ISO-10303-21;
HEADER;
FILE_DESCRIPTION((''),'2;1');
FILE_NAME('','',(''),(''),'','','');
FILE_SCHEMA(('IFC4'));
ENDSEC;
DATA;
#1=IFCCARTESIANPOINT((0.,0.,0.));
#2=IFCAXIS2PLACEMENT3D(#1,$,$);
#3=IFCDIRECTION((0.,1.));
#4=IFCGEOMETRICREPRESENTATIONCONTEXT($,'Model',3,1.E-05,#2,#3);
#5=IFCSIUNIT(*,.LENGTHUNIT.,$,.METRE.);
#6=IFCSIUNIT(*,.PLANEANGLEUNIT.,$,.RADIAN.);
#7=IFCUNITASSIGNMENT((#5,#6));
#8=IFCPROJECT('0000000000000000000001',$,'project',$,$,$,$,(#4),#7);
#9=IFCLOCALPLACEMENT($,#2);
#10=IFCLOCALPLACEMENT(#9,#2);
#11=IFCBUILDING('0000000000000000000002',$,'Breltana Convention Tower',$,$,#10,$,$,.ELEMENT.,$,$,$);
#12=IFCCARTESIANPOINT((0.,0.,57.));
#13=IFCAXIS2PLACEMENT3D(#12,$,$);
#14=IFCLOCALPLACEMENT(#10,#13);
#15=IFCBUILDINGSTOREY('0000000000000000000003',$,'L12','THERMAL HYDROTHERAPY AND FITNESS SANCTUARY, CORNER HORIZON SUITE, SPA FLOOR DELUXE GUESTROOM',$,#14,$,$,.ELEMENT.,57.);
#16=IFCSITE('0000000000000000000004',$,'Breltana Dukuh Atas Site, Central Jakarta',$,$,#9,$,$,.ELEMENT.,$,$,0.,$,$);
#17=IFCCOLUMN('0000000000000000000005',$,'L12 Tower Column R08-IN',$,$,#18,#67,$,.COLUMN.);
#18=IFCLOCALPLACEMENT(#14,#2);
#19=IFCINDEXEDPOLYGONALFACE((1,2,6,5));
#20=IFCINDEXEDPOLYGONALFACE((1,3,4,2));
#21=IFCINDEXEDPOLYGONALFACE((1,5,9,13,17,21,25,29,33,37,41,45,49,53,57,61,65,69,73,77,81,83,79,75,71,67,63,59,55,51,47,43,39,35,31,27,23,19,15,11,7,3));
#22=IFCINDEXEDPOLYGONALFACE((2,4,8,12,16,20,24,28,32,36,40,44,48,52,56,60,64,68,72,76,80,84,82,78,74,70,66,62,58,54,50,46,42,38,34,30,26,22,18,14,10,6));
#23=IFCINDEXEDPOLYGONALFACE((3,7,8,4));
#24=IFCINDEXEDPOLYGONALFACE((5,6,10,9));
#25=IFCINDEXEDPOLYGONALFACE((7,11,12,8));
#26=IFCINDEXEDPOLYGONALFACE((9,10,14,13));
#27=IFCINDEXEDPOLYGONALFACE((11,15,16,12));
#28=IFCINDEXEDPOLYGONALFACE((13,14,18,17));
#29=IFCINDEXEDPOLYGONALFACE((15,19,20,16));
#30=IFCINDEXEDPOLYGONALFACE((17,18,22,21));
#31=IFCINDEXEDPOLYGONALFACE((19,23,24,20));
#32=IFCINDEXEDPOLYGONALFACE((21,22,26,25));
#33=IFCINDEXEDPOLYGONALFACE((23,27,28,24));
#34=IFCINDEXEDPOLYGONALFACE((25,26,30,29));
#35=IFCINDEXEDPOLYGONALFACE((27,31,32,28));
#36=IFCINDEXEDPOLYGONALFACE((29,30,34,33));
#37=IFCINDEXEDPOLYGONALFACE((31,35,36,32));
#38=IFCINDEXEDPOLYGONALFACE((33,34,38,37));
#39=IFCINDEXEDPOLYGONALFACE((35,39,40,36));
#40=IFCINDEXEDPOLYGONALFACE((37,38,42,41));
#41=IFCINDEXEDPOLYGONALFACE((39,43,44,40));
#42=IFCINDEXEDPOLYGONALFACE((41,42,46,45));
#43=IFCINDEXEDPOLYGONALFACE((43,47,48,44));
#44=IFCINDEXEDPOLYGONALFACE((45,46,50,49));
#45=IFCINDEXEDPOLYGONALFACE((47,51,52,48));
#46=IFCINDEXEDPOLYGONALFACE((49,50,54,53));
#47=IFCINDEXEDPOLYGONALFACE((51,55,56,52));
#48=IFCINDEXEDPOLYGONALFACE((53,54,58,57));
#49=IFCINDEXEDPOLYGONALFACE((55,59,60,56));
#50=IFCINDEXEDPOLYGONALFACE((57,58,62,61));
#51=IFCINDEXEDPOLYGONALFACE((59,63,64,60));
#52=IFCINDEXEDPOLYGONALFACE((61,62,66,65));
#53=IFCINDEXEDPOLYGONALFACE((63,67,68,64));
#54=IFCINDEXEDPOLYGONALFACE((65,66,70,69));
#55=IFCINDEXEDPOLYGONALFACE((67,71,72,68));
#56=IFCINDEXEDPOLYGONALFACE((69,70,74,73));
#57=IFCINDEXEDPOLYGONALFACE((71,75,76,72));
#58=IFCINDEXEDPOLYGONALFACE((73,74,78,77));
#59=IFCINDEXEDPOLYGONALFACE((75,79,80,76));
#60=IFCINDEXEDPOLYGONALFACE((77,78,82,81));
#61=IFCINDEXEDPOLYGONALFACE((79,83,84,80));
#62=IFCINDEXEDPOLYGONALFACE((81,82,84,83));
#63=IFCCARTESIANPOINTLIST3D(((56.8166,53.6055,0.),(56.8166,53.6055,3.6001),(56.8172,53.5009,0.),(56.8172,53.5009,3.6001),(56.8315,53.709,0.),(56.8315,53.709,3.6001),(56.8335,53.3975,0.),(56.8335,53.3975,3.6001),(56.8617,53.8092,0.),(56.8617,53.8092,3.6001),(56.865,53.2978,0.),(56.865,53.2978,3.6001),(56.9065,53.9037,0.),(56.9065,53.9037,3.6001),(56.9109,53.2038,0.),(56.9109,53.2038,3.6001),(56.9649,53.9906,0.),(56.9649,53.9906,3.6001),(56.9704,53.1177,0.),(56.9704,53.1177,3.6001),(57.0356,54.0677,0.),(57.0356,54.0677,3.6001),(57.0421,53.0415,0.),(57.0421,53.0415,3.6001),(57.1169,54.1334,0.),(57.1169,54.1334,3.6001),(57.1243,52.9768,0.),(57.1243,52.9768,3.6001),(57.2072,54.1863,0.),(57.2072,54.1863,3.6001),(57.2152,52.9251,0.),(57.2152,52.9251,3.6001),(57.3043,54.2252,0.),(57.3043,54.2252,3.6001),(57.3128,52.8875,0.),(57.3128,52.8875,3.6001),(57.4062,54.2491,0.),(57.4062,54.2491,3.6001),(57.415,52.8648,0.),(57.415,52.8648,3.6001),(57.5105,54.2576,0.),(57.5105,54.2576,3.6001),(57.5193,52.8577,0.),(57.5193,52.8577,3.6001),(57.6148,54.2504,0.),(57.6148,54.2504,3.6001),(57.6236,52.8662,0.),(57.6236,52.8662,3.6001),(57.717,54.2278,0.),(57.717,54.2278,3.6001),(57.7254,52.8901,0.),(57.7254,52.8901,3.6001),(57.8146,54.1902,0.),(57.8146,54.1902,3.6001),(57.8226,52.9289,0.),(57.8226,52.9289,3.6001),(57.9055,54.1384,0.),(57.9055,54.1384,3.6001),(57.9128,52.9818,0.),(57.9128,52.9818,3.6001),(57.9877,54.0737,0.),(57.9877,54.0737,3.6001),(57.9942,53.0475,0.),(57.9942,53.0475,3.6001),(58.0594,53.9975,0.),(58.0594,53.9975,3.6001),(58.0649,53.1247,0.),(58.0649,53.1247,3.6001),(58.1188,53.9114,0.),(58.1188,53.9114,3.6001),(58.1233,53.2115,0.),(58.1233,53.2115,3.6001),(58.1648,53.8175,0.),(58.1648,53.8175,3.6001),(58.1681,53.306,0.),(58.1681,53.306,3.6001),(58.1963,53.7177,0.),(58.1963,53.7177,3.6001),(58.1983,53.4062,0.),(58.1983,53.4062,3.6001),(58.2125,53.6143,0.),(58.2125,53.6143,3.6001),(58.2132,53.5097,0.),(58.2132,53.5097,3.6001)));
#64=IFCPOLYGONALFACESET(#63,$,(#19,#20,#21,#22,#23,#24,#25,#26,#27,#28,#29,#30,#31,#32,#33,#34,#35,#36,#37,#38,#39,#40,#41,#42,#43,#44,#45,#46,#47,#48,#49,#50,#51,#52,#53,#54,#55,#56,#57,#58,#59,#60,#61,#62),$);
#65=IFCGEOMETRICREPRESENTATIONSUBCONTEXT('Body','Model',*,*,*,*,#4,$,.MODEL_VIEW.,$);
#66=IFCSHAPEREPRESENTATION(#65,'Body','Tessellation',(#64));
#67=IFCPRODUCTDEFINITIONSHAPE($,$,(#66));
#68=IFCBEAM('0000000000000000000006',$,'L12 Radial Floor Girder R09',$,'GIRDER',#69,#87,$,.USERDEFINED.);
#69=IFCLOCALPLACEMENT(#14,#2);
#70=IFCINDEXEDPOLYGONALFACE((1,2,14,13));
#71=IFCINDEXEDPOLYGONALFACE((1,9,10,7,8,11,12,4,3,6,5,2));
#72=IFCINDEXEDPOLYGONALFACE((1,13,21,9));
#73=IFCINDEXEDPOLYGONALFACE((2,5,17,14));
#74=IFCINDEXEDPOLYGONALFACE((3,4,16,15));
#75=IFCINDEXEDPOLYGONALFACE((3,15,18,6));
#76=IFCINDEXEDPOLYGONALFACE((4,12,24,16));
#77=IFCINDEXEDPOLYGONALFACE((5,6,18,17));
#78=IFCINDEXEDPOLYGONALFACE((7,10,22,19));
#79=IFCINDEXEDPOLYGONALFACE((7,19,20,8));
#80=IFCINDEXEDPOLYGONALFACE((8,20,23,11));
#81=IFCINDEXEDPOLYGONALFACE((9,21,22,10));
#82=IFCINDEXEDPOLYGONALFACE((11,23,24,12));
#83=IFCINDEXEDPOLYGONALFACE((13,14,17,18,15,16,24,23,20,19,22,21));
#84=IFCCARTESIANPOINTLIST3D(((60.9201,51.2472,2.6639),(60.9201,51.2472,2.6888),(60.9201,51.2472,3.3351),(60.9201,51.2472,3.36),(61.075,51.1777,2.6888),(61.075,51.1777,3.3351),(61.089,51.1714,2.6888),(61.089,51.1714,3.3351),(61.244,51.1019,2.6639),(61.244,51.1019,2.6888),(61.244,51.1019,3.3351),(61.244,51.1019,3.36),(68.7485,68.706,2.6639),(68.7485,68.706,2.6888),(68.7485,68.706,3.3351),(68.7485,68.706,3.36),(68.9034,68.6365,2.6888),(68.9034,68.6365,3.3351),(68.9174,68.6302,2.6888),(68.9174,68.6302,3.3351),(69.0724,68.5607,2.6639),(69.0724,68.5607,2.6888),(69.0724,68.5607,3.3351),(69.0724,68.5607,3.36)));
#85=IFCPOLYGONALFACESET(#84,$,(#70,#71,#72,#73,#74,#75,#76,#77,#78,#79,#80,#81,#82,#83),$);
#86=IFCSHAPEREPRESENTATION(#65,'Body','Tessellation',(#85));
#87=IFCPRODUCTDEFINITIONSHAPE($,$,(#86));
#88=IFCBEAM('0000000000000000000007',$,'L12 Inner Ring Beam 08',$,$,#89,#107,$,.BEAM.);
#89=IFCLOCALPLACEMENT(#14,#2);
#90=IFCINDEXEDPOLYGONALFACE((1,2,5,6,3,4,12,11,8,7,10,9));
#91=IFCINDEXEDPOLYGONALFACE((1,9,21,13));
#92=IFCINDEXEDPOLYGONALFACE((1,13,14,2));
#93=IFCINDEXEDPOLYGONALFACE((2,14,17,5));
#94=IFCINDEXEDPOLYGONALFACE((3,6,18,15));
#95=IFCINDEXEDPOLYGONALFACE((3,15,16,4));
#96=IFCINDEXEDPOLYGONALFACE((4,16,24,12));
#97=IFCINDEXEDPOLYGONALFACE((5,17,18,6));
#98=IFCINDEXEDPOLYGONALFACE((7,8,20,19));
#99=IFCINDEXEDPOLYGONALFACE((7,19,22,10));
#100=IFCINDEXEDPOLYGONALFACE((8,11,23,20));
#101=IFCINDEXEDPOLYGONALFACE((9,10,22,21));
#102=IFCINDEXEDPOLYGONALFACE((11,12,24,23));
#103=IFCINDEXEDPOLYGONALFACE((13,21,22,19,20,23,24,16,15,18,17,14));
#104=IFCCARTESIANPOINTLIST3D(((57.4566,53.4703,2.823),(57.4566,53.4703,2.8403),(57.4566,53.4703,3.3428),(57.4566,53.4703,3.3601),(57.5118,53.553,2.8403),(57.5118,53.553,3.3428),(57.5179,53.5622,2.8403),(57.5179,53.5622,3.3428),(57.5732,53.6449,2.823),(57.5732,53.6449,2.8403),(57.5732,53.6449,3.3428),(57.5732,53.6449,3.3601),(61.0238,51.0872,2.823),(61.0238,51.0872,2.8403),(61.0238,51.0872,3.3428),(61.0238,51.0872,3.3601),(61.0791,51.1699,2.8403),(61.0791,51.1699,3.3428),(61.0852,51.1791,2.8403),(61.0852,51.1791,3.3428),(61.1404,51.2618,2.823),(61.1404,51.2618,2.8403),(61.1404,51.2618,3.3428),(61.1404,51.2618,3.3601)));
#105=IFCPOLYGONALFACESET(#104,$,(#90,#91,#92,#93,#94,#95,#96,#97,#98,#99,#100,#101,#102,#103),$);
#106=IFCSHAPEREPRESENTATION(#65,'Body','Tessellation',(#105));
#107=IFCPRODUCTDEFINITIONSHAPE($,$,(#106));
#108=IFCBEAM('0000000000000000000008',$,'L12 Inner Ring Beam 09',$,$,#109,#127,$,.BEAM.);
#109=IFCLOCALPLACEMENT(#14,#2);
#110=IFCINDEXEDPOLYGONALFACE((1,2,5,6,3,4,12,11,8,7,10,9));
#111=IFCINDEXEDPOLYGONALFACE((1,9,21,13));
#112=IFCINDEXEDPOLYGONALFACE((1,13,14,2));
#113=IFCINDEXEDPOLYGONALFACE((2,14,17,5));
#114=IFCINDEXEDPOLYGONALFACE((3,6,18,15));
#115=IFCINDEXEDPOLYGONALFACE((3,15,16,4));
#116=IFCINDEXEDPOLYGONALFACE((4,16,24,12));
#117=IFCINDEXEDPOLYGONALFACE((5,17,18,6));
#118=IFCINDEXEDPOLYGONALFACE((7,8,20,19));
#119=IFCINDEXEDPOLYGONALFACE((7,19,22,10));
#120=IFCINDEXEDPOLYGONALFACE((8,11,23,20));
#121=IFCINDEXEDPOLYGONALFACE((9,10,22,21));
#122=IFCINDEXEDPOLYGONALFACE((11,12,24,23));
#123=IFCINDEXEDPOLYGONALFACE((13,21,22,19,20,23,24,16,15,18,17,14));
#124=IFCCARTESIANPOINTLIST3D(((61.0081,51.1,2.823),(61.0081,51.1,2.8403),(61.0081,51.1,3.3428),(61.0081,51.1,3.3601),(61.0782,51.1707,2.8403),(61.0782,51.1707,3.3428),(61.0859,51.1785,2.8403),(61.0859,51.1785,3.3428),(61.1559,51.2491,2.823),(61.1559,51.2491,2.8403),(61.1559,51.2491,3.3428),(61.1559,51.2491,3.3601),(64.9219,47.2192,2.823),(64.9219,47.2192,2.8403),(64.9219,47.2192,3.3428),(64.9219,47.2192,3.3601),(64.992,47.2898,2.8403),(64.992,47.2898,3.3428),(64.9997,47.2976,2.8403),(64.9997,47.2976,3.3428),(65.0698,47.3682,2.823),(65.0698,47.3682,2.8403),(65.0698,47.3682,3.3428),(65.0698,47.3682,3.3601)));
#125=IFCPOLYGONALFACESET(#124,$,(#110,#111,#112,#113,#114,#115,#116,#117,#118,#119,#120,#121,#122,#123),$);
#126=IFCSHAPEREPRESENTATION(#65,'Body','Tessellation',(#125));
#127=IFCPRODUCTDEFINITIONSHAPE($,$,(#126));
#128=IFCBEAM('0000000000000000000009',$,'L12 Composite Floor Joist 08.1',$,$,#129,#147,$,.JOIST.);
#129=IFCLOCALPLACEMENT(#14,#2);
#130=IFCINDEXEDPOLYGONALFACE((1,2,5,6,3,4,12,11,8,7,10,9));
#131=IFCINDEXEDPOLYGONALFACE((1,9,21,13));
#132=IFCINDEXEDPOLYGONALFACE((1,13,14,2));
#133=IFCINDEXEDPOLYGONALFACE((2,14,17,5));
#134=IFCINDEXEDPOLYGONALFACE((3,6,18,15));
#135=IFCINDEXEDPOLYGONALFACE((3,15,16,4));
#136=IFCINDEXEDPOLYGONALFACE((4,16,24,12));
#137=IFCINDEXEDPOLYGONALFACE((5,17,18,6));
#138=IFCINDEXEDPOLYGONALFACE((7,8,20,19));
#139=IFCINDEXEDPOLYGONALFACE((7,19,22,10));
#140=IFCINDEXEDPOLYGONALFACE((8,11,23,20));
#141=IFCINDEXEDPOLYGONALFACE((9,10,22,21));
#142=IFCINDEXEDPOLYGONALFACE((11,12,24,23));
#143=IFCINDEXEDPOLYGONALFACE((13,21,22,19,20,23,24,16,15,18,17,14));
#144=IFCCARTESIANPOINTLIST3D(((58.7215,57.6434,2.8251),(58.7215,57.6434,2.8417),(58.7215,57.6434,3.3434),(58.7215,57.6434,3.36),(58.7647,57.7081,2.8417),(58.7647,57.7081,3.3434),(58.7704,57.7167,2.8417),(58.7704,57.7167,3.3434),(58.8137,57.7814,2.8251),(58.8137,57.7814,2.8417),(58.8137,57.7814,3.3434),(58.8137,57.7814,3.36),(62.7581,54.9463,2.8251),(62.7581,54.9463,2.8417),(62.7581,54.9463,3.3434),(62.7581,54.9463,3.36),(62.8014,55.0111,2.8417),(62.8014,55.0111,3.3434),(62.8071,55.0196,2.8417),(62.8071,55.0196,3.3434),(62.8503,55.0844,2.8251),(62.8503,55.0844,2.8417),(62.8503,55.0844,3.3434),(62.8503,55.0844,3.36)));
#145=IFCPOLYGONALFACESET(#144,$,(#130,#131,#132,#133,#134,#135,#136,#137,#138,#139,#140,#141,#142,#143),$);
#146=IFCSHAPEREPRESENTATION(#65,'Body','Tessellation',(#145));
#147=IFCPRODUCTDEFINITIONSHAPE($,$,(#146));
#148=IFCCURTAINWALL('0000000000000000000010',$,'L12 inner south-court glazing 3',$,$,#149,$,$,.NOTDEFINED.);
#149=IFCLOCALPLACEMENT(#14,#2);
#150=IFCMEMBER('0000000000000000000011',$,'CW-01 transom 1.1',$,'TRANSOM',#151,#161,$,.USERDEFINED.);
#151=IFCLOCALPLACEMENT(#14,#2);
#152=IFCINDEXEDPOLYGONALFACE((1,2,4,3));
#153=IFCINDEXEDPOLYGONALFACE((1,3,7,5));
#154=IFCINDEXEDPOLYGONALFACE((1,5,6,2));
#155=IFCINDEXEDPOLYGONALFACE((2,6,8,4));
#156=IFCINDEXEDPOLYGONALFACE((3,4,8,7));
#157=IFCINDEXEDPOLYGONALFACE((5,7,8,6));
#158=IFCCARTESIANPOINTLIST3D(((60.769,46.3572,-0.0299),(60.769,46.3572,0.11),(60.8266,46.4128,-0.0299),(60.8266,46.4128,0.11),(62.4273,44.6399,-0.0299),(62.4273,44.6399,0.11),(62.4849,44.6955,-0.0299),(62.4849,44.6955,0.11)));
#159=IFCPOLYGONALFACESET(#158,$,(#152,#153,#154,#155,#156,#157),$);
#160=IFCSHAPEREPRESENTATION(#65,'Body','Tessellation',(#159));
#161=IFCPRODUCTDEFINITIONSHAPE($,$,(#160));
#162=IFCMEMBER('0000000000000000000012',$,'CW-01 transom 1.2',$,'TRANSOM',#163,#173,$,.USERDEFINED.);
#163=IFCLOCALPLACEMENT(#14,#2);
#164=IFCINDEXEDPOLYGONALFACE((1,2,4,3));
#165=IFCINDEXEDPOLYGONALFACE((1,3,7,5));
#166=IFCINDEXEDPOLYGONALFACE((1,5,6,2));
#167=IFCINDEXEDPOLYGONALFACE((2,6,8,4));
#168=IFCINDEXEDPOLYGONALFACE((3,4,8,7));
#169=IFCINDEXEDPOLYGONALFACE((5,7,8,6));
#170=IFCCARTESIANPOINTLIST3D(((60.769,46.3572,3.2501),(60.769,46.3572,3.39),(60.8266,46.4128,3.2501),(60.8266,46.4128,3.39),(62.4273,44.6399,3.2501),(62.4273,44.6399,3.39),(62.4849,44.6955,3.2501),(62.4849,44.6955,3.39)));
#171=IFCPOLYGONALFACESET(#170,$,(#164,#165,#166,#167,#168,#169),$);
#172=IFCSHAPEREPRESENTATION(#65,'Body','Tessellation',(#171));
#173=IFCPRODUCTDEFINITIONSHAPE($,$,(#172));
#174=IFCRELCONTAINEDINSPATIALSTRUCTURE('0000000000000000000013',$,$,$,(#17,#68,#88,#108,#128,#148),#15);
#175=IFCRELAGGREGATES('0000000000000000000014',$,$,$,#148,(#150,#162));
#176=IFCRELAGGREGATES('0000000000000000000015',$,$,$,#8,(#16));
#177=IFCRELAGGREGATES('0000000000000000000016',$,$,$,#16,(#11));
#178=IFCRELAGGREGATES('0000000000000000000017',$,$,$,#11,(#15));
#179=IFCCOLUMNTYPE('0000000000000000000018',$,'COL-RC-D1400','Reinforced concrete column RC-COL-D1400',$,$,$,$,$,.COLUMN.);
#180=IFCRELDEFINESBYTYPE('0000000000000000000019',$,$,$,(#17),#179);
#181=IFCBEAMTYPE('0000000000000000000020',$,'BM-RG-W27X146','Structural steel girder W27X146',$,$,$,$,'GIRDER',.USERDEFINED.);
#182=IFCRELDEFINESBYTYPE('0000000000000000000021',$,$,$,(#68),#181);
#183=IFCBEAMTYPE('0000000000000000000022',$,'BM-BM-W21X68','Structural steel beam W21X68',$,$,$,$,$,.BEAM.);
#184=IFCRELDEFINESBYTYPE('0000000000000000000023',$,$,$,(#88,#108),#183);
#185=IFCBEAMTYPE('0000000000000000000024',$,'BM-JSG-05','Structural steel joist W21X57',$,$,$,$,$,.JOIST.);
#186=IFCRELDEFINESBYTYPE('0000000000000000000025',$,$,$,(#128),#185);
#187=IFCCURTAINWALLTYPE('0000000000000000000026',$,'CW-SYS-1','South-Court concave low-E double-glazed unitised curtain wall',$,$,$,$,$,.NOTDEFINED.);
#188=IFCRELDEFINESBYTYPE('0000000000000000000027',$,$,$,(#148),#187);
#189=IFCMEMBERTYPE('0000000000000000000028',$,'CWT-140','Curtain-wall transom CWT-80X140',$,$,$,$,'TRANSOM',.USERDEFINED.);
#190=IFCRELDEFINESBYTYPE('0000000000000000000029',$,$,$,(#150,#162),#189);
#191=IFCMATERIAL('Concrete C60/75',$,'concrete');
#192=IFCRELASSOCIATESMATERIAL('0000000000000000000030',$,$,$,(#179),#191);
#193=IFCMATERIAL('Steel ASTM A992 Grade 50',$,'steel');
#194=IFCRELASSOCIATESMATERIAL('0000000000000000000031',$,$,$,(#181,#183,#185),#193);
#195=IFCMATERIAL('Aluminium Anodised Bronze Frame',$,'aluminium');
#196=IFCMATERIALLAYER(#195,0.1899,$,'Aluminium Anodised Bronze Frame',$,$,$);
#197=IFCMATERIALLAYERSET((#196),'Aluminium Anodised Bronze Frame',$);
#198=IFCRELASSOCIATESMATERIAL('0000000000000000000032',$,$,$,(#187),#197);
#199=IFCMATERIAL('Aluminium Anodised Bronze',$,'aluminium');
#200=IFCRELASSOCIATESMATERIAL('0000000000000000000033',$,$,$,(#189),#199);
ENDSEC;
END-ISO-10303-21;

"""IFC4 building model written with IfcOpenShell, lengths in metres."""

from ifc_helpers import new_model, si_unit, direction, frame, origin, origin_2d, place, context, subcontext, project, spatial, rectangle, circle, i_section, extrude, source, transform, mapped, material, layer, layer_set, material_profile, profile_set, type_object, type_shapes, element, aggregate, save


model = new_model("IFC4")

# Units and contexts
model_context = context("Model", 3, precision=1e-05, world=origin(), true_north=direction((0.0, 1.0)))
body_context = subcontext(model_context, "Body", "Model", "MODEL_VIEW")
ifc_project = project(units=[si_unit("LENGTHUNIT", "METRE"), si_unit("PLANEANGLEUNIT", "RADIAN")], contexts=[model_context])

# Site, building, storey
site_placement = place(None, origin())
site = spatial("IfcSite", under=ifc_project, at=site_placement, Name="Breltana Dukuh Atas Site, Central Jakarta", CompositionType="ELEMENT", RefElevation=0.0)
building_placement = place(site_placement, origin())
building = spatial("IfcBuilding", under=site, at=building_placement, Name="Breltana Convention Tower", CompositionType="ELEMENT")
storey_placement = place(building_placement, frame((0.0, 0.0, 57.0)))
storey = spatial("IfcBuildingStorey", under=building, at=storey_placement, Name="L12", Description="THERMAL HYDROTHERAPY AND FITNESS SANCTUARY, CORNER HORIZON SUITE, SPA FLOOR DELUXE GUESTROOM", CompositionType="ELEMENT", Elevation=57.0)

# Column
ifc_material_1 = material(Name="Concrete C60/75", Category="concrete")
ifc_material_profile_1 = material_profile(ifc_material_1, circle(Radius=0.7, at=origin_2d()), Name="RC-COL-D1400")
ifc_profile_set_1 = profile_set([ifc_material_profile_1], Name="Concrete C60/75")
column_type = type_object("IfcColumnType", Name="COL-RC-D1400", Description="Reinforced concrete column RC-COL-D1400", PredefinedType="COLUMN", material=ifc_profile_set_1)
shared_shape_1 = source(origin(), body_context, "Body", "SweptSolid", [
    extrude(circle(Radius=0.7, at=origin_2d()), origin(), (0.0, 0.0, 1.0), 3.6001),
])
for number, where, z_axis, x_axis, name in (
    (1, (57.5149, 53.5576, 0.0), (0.0, 0.0, 1.0), (0.288698, 0.95742, 0.0), "L12 Tower Column R08-IN"),
):
    element("IfcColumn", number, at=place(storey_placement, frame(where, z_axis=z_axis, x_axis=x_axis)), inside=storey, type_object=column_type, Name=name, PredefinedType="COLUMN", context=body_context, shape_type="MappedRepresentation", body=[
        mapped(shared_shape_1, transform((0.0, 0.0, 0.0), scale=1.0)),
    ])

# Beams
ifc_material_2 = material(Name="Steel ASTM A992 Grade 50", Category="steel")
ifc_material_profile_2 = material_profile(ifc_material_2, i_section(OverallWidth=0.355, OverallDepth=0.696, WebThickness=0.0154, FlangeThickness=0.0249, at=origin_2d()), Name="W27X146")
ifc_profile_set_2 = profile_set([ifc_material_profile_2], Name="Steel ASTM A992 Grade 50")
beam_type_1 = type_object("IfcBeamType", Name="BM-RG-W27X146", Description="Structural steel girder W27X146", ElementType="GIRDER", PredefinedType="USERDEFINED", material=ifc_profile_set_2)
shared_shape_2 = source(origin(), body_context, "Body", "SweptSolid", [
    extrude(i_section(OverallWidth=0.355, OverallDepth=0.696, WebThickness=0.0154, FlangeThickness=0.0249, at=origin_2d()), origin(), (0.0, 0.0, 1.0), 19.1335),
])
beam_1_placement = place(storey_placement, frame((61.082, 51.1746, 3.012), z_axis=(0.409145, 0.91247, 0.0), x_axis=(-0.91247, 0.409145, 0.0)))
element("IfcBeam", 2, at=beam_1_placement, inside=storey, type_object=beam_type_1, Name="L12 Radial Floor Girder R09", ObjectType="GIRDER", PredefinedType="USERDEFINED", context=body_context, shape_type="MappedRepresentation", body=[
    mapped(shared_shape_2, transform((0.0, 0.0, 0.0), scale=1.0)),
])
ifc_material_profile_3 = material_profile(ifc_material_2, i_section(OverallWidth=0.21, OverallDepth=0.5371, WebThickness=0.011, FlangeThickness=0.0173, at=origin_2d()), Name="W21X68")
ifc_profile_set_3 = profile_set([ifc_material_profile_3], Name="Steel ASTM A992 Grade 50")
beam_type_2 = type_object("IfcBeamType", Name="BM-BM-W21X68", Description="Structural steel beam W21X68", PredefinedType="BEAM", material=ifc_profile_set_3)
shared_shape_3 = source(origin(), body_context, "Body", "SweptSolid", [
    extrude(i_section(OverallWidth=0.21, OverallDepth=0.5371, WebThickness=0.011, FlangeThickness=0.0173, at=origin_2d()), origin(), (0.0, 0.0, 1.0), 4.29),
])
beam_2_placement = place(storey_placement, frame((57.5149, 53.5576, 3.0916), z_axis=(0.831516, -0.555501, 0.0), x_axis=(0.555501, 0.831516, 0.0)))
element("IfcBeam", 3, at=beam_2_placement, inside=storey, type_object=beam_type_2, Name="L12 Inner Ring Beam 08", PredefinedType="BEAM", context=body_context, shape_type="MappedRepresentation", body=[
    mapped(shared_shape_3, transform((0.0, 0.0, 0.0), scale=1.0)),
])
shared_shape_4 = source(origin(), body_context, "Body", "SweptSolid", [
    extrude(i_section(OverallWidth=0.21, OverallDepth=0.5371, WebThickness=0.011, FlangeThickness=0.0173, at=origin_2d()), origin(), (0.0, 0.0, 1.0), 5.5117),
])
beam_3_placement = place(storey_placement, frame((61.082, 51.1746, 3.0916), z_axis=(0.71009, -0.704111, 0.0), x_axis=(0.704111, 0.71009, 0.0)))
element("IfcBeam", 4, at=beam_3_placement, inside=storey, type_object=beam_type_2, Name="L12 Inner Ring Beam 09", PredefinedType="BEAM", context=body_context, shape_type="MappedRepresentation", body=[
    mapped(shared_shape_4, transform((0.0, 0.0, 0.0), scale=1.0)),
])
ifc_material_profile_4 = material_profile(ifc_material_2, i_section(OverallWidth=0.166, OverallDepth=0.5349, WebThickness=0.0103, FlangeThickness=0.0166, at=origin_2d()), Name="W21X57")
ifc_profile_set_4 = profile_set([ifc_material_profile_4], Name="Steel ASTM A992 Grade 50")
beam_type_3 = type_object("IfcBeamType", Name="BM-JSG-05", Description="Structural steel joist W21X57", PredefinedType="JOIST", material=ifc_profile_set_4)
shared_shape_5 = source(origin(), body_context, "Body", "SweptSolid", [
    extrude(i_section(OverallWidth=0.166, OverallDepth=0.5349, WebThickness=0.0103, FlangeThickness=0.0166, at=origin_2d()), origin(), (0.0, 0.0, 1.0), 4.8547),
])
beam_4_placement = place(storey_placement, frame((58.7676, 57.7124, 3.0925), z_axis=(0.831485, -0.555547, 0.0), x_axis=(0.555547, 0.831485, 0.0)))
element("IfcBeam", 5, at=beam_4_placement, inside=storey, type_object=beam_type_3, Name="L12 Composite Floor Joist 08.1", PredefinedType="JOIST", context=body_context, shape_type="MappedRepresentation", body=[
    mapped(shared_shape_5, transform((0.0, 0.0, 0.0), scale=1.0)),
])

# Curtain wall, members
ifc_material_3 = material(Name="Aluminium Anodised Bronze Frame", Category="aluminium")
ifc_layer_1 = layer(ifc_material_3, 0.1899, Name="Aluminium Anodised Bronze Frame")
ifc_layer_set_1 = layer_set([ifc_layer_1], Name="Aluminium Anodised Bronze Frame")
curtain_wall_type = type_object("IfcCurtainWallType", Name="CW-SYS-1", Description="South-Court concave low-E double-glazed unitised curtain wall", PredefinedType="NOTDEFINED", material=ifc_layer_set_1)
curtain_wall_1_placement = place(storey_placement, origin())
curtain_wall_1 = element("IfcCurtainWall", 6, at=curtain_wall_1_placement, inside=storey, type_object=curtain_wall_type, Name="L12 inner south-court glazing 3", PredefinedType="NOTDEFINED")
ifc_material_4 = material(Name="Aluminium Anodised Bronze", Category="aluminium")
ifc_material_profile_5 = material_profile(ifc_material_4, rectangle(XDim=0.0801, YDim=0.1399, at=origin_2d()), Name="CWT-80X140")
ifc_profile_set_5 = profile_set([ifc_material_profile_5], Name="Aluminium Anodised Bronze")
member_type_1 = type_object("IfcMemberType", Name="CWT-140", Description="Curtain-wall transom CWT-80X140", ElementType="TRANSOM", PredefinedType="USERDEFINED", material=ifc_profile_set_5)
shared_shape_6 = source(origin(), body_context, "Body", "SweptSolid", [
    extrude(rectangle(XDim=0.0801, YDim=0.1399, at=origin_2d()), origin(), (0.0, 0.0, 1.0), 2.3872),
])
type_shapes(member_type_1, [shared_shape_6])
member_1_placement = place(storey_placement, frame((62.4561, 44.6677, 0.04), z_axis=(-0.694624, 0.719373, 0.0), x_axis=(-0.719373, -0.694624, 0.0)))
member_1 = element("IfcMember", 7, at=member_1_placement, type_object=member_type_1, Name="CW-01 transom 1.1", ObjectType="TRANSOM", PredefinedType="USERDEFINED", context=body_context, shape_type="MappedRepresentation", body=[
    mapped(shared_shape_6, transform((0.0, 0.0, 0.0), scale=1.0)),
])
member_2_placement = place(storey_placement, frame((62.4561, 44.6677, 3.3201), z_axis=(-0.694624, 0.719373, 0.0), x_axis=(-0.719373, -0.694624, 0.0)))
member_2 = element("IfcMember", 8, at=member_2_placement, type_object=member_type_1, Name="CW-01 transom 1.2", ObjectType="TRANSOM", PredefinedType="USERDEFINED", context=body_context, shape_type="MappedRepresentation", body=[
    mapped(shared_shape_6, transform((0.0, 0.0, 0.0), scale=1.0)),
])

aggregate(curtain_wall_1, [member_1, member_2])

save(model, "model.ifc")
